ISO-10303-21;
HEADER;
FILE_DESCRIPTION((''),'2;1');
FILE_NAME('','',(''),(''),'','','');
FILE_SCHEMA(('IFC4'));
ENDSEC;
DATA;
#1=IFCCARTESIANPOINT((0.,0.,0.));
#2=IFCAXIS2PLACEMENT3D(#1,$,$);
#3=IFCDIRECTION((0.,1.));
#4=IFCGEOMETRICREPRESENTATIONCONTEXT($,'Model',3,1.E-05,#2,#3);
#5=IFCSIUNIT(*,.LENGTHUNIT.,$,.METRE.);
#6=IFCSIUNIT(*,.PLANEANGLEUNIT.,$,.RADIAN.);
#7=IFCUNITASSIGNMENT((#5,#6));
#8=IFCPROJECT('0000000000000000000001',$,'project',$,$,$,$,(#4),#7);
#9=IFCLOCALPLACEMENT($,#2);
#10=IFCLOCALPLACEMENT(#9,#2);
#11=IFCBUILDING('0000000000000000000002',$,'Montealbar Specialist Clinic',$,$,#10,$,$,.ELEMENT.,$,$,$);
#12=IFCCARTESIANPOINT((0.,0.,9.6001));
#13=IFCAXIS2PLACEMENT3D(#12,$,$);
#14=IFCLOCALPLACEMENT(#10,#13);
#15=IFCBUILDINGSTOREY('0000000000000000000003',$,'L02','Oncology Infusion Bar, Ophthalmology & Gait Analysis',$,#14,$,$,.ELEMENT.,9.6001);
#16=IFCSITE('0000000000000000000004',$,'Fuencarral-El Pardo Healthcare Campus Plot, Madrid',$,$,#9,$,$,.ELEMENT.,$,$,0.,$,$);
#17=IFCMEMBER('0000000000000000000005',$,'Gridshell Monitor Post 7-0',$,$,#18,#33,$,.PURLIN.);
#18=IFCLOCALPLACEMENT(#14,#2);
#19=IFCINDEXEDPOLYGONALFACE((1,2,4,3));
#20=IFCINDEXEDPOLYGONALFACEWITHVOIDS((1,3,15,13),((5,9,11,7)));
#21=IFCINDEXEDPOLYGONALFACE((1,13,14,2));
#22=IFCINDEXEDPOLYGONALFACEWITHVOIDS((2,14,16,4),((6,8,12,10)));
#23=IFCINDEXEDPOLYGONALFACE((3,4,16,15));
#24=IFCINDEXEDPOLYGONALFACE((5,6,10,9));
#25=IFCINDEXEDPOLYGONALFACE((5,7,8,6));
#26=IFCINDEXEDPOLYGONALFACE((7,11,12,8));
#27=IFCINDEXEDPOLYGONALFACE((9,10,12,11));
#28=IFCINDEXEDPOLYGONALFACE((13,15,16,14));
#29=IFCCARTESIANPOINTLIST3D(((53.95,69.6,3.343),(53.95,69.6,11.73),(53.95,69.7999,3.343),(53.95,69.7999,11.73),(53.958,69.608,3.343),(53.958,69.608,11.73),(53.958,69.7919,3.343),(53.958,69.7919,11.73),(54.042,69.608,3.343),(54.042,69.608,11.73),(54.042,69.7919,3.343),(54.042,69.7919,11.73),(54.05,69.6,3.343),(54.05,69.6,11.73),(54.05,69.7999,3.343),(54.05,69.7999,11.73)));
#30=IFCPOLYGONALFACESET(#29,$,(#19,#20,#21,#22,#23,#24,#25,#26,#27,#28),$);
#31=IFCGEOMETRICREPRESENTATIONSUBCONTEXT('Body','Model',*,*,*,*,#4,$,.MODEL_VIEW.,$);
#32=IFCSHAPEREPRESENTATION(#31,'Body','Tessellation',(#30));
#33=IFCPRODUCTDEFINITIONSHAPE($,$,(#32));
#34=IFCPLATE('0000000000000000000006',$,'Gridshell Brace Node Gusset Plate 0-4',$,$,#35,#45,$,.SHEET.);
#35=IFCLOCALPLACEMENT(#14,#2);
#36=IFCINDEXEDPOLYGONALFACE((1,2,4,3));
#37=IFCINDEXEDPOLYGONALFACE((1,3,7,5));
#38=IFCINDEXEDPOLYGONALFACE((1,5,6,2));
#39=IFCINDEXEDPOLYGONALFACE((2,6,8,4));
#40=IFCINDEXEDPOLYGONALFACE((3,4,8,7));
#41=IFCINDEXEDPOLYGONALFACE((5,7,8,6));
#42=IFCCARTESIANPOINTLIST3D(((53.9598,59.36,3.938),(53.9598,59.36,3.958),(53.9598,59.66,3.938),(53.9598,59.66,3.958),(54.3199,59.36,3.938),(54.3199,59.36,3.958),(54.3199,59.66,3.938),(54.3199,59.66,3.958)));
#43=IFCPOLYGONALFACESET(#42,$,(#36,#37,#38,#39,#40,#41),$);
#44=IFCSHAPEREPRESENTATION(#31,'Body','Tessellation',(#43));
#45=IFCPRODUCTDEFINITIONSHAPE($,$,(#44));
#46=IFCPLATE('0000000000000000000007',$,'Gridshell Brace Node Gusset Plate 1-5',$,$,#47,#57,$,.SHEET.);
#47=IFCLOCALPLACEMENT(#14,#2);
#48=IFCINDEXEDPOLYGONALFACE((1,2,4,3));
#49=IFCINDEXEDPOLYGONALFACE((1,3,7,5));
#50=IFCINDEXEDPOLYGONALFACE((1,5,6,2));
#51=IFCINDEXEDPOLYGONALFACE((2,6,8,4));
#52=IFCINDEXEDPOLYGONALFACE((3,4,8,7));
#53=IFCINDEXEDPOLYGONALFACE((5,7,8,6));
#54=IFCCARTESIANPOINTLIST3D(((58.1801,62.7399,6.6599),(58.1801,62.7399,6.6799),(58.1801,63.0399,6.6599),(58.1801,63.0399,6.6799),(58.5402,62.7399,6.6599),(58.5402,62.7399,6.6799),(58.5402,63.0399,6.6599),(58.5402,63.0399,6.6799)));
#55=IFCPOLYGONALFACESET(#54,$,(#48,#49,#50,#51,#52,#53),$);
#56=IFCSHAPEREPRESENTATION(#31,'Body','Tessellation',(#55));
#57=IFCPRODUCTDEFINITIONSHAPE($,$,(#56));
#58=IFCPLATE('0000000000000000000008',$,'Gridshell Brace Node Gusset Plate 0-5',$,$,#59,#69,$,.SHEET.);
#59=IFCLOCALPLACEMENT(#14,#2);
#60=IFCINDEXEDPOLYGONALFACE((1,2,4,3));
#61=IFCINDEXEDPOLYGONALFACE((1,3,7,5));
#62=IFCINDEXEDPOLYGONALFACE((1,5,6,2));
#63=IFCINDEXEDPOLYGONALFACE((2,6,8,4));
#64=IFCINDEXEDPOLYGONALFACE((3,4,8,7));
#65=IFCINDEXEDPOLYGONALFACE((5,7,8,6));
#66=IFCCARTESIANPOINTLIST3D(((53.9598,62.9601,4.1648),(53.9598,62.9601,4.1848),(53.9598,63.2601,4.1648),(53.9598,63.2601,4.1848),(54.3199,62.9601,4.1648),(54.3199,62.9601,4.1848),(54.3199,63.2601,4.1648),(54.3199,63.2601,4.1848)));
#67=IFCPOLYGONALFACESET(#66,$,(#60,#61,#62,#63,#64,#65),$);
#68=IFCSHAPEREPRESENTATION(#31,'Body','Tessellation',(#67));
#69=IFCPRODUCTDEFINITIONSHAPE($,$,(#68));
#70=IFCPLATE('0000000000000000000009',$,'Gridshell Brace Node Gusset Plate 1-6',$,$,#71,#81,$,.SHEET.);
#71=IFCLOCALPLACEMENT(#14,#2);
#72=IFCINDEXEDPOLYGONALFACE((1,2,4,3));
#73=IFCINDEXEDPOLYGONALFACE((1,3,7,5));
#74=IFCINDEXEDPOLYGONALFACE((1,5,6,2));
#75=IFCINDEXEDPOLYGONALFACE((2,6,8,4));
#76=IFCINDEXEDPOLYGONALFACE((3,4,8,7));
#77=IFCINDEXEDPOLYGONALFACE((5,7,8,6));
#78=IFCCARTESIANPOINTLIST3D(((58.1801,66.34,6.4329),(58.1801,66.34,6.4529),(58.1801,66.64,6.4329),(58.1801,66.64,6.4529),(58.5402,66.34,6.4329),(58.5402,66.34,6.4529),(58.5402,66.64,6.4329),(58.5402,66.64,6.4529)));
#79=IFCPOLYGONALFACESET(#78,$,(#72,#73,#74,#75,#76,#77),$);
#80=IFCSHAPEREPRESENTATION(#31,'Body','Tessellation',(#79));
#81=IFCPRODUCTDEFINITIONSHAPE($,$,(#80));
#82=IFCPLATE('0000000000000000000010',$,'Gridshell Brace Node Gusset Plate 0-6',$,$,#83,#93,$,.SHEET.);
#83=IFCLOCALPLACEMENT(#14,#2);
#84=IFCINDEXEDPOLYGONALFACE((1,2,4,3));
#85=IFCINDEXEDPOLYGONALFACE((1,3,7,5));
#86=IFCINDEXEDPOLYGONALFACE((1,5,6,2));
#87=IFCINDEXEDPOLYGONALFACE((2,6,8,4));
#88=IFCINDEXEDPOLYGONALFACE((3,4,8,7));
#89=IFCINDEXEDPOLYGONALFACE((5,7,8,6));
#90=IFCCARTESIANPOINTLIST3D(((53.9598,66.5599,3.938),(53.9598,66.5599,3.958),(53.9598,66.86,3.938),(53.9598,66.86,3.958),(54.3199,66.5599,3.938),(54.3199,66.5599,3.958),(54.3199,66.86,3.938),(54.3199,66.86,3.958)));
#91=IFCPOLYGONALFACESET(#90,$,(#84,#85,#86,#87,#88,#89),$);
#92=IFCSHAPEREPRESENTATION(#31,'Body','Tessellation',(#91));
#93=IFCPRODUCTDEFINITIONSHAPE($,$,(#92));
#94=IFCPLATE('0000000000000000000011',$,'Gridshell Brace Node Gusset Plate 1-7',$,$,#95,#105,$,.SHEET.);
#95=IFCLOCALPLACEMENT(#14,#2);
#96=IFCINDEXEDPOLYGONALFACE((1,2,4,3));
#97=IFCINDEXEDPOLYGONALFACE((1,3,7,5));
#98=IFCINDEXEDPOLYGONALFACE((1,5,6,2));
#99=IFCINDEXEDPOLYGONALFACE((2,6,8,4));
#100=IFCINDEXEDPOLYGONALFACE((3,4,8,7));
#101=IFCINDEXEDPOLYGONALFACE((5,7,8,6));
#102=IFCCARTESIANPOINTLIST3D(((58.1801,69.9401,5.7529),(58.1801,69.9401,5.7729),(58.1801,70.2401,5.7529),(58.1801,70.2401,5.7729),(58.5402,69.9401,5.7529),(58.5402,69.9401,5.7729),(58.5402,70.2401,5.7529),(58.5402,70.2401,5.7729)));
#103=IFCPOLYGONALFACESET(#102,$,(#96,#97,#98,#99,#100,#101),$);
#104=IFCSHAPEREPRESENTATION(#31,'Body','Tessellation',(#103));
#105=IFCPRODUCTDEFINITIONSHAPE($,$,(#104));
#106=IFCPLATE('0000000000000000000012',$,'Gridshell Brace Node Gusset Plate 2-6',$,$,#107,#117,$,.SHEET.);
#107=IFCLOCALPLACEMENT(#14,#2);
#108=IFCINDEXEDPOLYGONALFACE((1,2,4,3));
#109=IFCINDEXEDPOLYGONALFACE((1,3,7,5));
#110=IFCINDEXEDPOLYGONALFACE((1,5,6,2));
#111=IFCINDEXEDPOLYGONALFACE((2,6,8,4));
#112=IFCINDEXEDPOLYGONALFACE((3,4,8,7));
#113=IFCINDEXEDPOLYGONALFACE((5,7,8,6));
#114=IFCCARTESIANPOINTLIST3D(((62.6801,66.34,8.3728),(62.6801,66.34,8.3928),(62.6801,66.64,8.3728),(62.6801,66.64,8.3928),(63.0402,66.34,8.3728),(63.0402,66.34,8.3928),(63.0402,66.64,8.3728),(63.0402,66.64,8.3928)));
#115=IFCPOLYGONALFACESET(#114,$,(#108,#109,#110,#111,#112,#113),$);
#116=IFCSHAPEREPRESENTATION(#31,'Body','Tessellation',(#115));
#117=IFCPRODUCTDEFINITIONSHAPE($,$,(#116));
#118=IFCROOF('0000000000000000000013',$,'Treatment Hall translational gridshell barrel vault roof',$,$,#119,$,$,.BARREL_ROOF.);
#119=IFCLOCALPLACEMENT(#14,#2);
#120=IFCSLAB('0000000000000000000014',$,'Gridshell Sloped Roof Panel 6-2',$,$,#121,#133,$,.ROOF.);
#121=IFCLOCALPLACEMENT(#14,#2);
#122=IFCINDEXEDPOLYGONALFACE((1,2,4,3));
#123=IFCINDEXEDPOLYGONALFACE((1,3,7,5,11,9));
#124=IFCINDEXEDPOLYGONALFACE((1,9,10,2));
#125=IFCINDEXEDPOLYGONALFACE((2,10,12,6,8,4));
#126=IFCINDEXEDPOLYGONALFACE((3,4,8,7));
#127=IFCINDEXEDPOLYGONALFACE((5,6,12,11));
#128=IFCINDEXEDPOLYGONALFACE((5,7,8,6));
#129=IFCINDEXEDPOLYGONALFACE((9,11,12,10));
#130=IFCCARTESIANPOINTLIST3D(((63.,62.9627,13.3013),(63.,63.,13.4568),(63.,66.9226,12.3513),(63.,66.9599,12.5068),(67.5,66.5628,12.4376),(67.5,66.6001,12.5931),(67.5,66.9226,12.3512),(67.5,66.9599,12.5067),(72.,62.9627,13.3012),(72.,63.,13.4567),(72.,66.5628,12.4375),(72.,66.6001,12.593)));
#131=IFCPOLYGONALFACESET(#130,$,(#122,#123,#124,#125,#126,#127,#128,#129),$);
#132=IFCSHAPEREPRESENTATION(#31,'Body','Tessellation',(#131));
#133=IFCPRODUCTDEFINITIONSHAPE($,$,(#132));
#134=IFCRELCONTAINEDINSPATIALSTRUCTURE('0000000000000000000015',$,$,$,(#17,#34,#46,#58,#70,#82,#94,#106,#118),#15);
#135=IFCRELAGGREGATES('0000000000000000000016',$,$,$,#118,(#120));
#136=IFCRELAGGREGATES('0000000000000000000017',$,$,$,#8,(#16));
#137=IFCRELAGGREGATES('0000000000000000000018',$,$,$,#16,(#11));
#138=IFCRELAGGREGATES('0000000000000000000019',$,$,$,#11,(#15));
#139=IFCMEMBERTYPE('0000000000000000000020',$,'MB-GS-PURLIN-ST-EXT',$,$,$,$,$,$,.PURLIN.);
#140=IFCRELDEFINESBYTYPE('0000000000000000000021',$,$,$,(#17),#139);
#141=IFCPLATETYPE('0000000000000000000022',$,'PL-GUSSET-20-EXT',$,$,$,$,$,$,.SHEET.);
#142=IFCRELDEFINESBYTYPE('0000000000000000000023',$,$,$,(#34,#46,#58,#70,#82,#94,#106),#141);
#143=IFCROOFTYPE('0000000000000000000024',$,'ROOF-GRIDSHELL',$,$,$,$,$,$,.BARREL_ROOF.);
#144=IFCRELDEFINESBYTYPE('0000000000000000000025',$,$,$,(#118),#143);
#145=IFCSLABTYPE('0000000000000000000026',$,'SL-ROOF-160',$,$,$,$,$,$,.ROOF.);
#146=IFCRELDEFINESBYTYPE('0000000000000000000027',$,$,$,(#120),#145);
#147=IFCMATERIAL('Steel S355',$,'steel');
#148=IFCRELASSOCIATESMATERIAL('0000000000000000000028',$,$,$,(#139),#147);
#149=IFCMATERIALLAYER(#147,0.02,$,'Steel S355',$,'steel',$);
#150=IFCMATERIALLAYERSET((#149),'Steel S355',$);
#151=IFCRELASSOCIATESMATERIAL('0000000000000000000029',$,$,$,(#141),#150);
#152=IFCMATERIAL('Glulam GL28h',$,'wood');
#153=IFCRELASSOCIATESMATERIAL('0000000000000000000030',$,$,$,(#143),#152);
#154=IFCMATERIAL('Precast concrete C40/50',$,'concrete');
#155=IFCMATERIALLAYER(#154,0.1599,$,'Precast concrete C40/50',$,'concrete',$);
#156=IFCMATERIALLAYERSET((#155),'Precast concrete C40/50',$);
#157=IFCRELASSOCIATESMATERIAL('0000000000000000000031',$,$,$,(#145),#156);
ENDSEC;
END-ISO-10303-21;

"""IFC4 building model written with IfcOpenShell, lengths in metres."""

from ifc_helpers import new_model, si_unit, direction, frame, origin, origin_2d, place, context, subcontext, project, spatial, polyline, rectangle, hollow_rectangle, outline, extrude, material, layer, layer_set, material_profile, profile_set, type_object, element, aggregate, save


model = new_model("IFC4")

# Units and contexts
model_context = context("Model", 3, precision=1e-05, world=origin(), true_north=direction((0.0, 1.0)))
body_context = subcontext(model_context, "Body", "Model", "MODEL_VIEW")
ifc_project = project(units=[si_unit("LENGTHUNIT", "METRE"), si_unit("PLANEANGLEUNIT", "RADIAN")], contexts=[model_context])

# Site, building, storey
site_placement = place(None, origin())
site = spatial("IfcSite", under=ifc_project, at=site_placement, Name="Fuencarral-El Pardo Healthcare Campus Plot, Madrid", CompositionType="ELEMENT", RefElevation=0.0)
building_placement = place(site_placement, origin())
building = spatial("IfcBuilding", under=site, at=building_placement, Name="Montealbar Specialist Clinic", CompositionType="ELEMENT")
storey_placement = place(building_placement, frame((0.0, 0.0, 9.6001)))
storey = spatial("IfcBuildingStorey", under=building, at=storey_placement, Name="L02", Description="Oncology Infusion Bar, Ophthalmology & Gait Analysis", CompositionType="ELEMENT", Elevation=9.6001)

# Shared definitions
ifc_material_1 = material(Name="Steel S355", Category="steel")
ifc_material_2 = material(Name="Glulam GL28h", Category="wood")

# Member
ifc_material_profile_1 = material_profile(ifc_material_1, hollow_rectangle(XDim=0.1001, YDim=0.2, WallThickness=0.0081, at=origin_2d()), Name="RHS 200x100x8", Category="steel")
ifc_profile_set_1 = profile_set([ifc_material_profile_1], Name="Steel S355")
member_type_1 = type_object("IfcMemberType", Name="MB-GS-PURLIN-ST-EXT", PredefinedType="PURLIN", material=ifc_profile_set_1)
member_1_placement = place(storey_placement, frame((54.0, 69.7, 3.343), z_axis=(0.0, 0.0, 1.0), x_axis=(1.0, 0.0, 0.0)))
element("IfcMember", 1, at=member_1_placement, inside=storey, type_object=member_type_1, Name="Gridshell Monitor Post 7-0", PredefinedType="PURLIN", context=body_context, shape_type="SweptSolid", body=[
    extrude(hollow_rectangle(XDim=0.1001, YDim=0.2, WallThickness=0.0081, at=origin_2d()), origin(), (0.0, 0.0, 1.0), 8.387),
])

# Plates
ifc_layer_1 = layer(ifc_material_1, 0.02, Name="Steel S355", Category="steel")
ifc_layer_set_1 = layer_set([ifc_layer_1], Name="Steel S355")
plate_type = type_object("IfcPlateType", Name="PL-GUSSET-20-EXT", PredefinedType="SHEET", material=ifc_layer_set_1)
for number, where, z_axis, x_axis, name in (
    (2, (54.1399, 59.51, 3.938), (0.0, 0.0, 1.0), (1.0, 0.0, 0.0), "Gridshell Brace Node Gusset Plate 0-4"),
    (3, (58.3601, 62.8899, 6.6599), (0.0, 0.0, 1.0), (1.0, 0.0, 0.0), "Gridshell Brace Node Gusset Plate 1-5"),
    (4, (54.1399, 63.1101, 4.1648), (0.0, 0.0, 1.0), (1.0, 0.0, 0.0), "Gridshell Brace Node Gusset Plate 0-5"),
    (5, (58.3601, 66.49, 6.4329), (0.0, 0.0, 1.0), (1.0, 0.0, 0.0), "Gridshell Brace Node Gusset Plate 1-6"),
    (6, (54.1399, 66.71, 3.938), (0.0, 0.0, 1.0), (1.0, 0.0, 0.0), "Gridshell Brace Node Gusset Plate 0-6"),
    (7, (58.3601, 70.0901, 5.7529), (0.0, 0.0, 1.0), (1.0, 0.0, 0.0), "Gridshell Brace Node Gusset Plate 1-7"),
    (8, (62.8601, 66.49, 8.3728), (0.0, 0.0, 1.0), (1.0, 0.0, 0.0), "Gridshell Brace Node Gusset Plate 2-6"),
):
    element("IfcPlate", number, at=place(storey_placement, frame(where, z_axis=z_axis, x_axis=x_axis)), inside=storey, type_object=plate_type, Name=name, PredefinedType="SHEET", context=body_context, shape_type="SweptSolid", body=[
        extrude(rectangle(XDim=0.3601, YDim=0.3, at=origin_2d()), origin(), (0.0, 0.0, 1.0), 0.02),
    ])

# Roof, slab
roof_type = type_object("IfcRoofType", Name="ROOF-GRIDSHELL", PredefinedType="BARREL_ROOF", material=ifc_material_2)
roof_placement = place(storey_placement, origin())
roof = element("IfcRoof", 9, at=roof_placement, inside=storey, type_object=roof_type, Name="Treatment Hall translational gridshell barrel vault roof", PredefinedType="BARREL_ROOF")
ifc_material_3 = material(Name="Precast concrete C40/50", Category="concrete")
ifc_layer_2 = layer(ifc_material_3, 0.1599, Name="Precast concrete C40/50", Category="concrete")
ifc_layer_set_2 = layer_set([ifc_layer_2], Name="Precast concrete C40/50")
slab_type = type_object("IfcSlabType", Name="SL-ROOF-160", PredefinedType="ROOF", material=ifc_layer_set_2)
slab_placement = place(storey_placement, frame((63.0, 63.0, 13.4568), z_axis=(0.000008, 0.233289, 0.972408), x_axis=(1.0, -0.000002, -0.000008)))
slab = element("IfcSlab", 10, at=slab_placement, type_object=slab_type, Name="Gridshell Sloped Roof Panel 6-2", PredefinedType="ROOF", context=body_context, shape_type="SweptSolid", body=[
    extrude(outline(polyline([(0.0, 0.0), (9.0, 0.0), (9.0, 3.7023), (4.5, 3.7023), (4.5, 4.0723), (0.0, 4.0723), (0.0, 0.0)])), origin(), (0.0, 0.0, -1.0), 0.1599),
])
aggregate(roof, [slab])

save(model, "model.ifc")
